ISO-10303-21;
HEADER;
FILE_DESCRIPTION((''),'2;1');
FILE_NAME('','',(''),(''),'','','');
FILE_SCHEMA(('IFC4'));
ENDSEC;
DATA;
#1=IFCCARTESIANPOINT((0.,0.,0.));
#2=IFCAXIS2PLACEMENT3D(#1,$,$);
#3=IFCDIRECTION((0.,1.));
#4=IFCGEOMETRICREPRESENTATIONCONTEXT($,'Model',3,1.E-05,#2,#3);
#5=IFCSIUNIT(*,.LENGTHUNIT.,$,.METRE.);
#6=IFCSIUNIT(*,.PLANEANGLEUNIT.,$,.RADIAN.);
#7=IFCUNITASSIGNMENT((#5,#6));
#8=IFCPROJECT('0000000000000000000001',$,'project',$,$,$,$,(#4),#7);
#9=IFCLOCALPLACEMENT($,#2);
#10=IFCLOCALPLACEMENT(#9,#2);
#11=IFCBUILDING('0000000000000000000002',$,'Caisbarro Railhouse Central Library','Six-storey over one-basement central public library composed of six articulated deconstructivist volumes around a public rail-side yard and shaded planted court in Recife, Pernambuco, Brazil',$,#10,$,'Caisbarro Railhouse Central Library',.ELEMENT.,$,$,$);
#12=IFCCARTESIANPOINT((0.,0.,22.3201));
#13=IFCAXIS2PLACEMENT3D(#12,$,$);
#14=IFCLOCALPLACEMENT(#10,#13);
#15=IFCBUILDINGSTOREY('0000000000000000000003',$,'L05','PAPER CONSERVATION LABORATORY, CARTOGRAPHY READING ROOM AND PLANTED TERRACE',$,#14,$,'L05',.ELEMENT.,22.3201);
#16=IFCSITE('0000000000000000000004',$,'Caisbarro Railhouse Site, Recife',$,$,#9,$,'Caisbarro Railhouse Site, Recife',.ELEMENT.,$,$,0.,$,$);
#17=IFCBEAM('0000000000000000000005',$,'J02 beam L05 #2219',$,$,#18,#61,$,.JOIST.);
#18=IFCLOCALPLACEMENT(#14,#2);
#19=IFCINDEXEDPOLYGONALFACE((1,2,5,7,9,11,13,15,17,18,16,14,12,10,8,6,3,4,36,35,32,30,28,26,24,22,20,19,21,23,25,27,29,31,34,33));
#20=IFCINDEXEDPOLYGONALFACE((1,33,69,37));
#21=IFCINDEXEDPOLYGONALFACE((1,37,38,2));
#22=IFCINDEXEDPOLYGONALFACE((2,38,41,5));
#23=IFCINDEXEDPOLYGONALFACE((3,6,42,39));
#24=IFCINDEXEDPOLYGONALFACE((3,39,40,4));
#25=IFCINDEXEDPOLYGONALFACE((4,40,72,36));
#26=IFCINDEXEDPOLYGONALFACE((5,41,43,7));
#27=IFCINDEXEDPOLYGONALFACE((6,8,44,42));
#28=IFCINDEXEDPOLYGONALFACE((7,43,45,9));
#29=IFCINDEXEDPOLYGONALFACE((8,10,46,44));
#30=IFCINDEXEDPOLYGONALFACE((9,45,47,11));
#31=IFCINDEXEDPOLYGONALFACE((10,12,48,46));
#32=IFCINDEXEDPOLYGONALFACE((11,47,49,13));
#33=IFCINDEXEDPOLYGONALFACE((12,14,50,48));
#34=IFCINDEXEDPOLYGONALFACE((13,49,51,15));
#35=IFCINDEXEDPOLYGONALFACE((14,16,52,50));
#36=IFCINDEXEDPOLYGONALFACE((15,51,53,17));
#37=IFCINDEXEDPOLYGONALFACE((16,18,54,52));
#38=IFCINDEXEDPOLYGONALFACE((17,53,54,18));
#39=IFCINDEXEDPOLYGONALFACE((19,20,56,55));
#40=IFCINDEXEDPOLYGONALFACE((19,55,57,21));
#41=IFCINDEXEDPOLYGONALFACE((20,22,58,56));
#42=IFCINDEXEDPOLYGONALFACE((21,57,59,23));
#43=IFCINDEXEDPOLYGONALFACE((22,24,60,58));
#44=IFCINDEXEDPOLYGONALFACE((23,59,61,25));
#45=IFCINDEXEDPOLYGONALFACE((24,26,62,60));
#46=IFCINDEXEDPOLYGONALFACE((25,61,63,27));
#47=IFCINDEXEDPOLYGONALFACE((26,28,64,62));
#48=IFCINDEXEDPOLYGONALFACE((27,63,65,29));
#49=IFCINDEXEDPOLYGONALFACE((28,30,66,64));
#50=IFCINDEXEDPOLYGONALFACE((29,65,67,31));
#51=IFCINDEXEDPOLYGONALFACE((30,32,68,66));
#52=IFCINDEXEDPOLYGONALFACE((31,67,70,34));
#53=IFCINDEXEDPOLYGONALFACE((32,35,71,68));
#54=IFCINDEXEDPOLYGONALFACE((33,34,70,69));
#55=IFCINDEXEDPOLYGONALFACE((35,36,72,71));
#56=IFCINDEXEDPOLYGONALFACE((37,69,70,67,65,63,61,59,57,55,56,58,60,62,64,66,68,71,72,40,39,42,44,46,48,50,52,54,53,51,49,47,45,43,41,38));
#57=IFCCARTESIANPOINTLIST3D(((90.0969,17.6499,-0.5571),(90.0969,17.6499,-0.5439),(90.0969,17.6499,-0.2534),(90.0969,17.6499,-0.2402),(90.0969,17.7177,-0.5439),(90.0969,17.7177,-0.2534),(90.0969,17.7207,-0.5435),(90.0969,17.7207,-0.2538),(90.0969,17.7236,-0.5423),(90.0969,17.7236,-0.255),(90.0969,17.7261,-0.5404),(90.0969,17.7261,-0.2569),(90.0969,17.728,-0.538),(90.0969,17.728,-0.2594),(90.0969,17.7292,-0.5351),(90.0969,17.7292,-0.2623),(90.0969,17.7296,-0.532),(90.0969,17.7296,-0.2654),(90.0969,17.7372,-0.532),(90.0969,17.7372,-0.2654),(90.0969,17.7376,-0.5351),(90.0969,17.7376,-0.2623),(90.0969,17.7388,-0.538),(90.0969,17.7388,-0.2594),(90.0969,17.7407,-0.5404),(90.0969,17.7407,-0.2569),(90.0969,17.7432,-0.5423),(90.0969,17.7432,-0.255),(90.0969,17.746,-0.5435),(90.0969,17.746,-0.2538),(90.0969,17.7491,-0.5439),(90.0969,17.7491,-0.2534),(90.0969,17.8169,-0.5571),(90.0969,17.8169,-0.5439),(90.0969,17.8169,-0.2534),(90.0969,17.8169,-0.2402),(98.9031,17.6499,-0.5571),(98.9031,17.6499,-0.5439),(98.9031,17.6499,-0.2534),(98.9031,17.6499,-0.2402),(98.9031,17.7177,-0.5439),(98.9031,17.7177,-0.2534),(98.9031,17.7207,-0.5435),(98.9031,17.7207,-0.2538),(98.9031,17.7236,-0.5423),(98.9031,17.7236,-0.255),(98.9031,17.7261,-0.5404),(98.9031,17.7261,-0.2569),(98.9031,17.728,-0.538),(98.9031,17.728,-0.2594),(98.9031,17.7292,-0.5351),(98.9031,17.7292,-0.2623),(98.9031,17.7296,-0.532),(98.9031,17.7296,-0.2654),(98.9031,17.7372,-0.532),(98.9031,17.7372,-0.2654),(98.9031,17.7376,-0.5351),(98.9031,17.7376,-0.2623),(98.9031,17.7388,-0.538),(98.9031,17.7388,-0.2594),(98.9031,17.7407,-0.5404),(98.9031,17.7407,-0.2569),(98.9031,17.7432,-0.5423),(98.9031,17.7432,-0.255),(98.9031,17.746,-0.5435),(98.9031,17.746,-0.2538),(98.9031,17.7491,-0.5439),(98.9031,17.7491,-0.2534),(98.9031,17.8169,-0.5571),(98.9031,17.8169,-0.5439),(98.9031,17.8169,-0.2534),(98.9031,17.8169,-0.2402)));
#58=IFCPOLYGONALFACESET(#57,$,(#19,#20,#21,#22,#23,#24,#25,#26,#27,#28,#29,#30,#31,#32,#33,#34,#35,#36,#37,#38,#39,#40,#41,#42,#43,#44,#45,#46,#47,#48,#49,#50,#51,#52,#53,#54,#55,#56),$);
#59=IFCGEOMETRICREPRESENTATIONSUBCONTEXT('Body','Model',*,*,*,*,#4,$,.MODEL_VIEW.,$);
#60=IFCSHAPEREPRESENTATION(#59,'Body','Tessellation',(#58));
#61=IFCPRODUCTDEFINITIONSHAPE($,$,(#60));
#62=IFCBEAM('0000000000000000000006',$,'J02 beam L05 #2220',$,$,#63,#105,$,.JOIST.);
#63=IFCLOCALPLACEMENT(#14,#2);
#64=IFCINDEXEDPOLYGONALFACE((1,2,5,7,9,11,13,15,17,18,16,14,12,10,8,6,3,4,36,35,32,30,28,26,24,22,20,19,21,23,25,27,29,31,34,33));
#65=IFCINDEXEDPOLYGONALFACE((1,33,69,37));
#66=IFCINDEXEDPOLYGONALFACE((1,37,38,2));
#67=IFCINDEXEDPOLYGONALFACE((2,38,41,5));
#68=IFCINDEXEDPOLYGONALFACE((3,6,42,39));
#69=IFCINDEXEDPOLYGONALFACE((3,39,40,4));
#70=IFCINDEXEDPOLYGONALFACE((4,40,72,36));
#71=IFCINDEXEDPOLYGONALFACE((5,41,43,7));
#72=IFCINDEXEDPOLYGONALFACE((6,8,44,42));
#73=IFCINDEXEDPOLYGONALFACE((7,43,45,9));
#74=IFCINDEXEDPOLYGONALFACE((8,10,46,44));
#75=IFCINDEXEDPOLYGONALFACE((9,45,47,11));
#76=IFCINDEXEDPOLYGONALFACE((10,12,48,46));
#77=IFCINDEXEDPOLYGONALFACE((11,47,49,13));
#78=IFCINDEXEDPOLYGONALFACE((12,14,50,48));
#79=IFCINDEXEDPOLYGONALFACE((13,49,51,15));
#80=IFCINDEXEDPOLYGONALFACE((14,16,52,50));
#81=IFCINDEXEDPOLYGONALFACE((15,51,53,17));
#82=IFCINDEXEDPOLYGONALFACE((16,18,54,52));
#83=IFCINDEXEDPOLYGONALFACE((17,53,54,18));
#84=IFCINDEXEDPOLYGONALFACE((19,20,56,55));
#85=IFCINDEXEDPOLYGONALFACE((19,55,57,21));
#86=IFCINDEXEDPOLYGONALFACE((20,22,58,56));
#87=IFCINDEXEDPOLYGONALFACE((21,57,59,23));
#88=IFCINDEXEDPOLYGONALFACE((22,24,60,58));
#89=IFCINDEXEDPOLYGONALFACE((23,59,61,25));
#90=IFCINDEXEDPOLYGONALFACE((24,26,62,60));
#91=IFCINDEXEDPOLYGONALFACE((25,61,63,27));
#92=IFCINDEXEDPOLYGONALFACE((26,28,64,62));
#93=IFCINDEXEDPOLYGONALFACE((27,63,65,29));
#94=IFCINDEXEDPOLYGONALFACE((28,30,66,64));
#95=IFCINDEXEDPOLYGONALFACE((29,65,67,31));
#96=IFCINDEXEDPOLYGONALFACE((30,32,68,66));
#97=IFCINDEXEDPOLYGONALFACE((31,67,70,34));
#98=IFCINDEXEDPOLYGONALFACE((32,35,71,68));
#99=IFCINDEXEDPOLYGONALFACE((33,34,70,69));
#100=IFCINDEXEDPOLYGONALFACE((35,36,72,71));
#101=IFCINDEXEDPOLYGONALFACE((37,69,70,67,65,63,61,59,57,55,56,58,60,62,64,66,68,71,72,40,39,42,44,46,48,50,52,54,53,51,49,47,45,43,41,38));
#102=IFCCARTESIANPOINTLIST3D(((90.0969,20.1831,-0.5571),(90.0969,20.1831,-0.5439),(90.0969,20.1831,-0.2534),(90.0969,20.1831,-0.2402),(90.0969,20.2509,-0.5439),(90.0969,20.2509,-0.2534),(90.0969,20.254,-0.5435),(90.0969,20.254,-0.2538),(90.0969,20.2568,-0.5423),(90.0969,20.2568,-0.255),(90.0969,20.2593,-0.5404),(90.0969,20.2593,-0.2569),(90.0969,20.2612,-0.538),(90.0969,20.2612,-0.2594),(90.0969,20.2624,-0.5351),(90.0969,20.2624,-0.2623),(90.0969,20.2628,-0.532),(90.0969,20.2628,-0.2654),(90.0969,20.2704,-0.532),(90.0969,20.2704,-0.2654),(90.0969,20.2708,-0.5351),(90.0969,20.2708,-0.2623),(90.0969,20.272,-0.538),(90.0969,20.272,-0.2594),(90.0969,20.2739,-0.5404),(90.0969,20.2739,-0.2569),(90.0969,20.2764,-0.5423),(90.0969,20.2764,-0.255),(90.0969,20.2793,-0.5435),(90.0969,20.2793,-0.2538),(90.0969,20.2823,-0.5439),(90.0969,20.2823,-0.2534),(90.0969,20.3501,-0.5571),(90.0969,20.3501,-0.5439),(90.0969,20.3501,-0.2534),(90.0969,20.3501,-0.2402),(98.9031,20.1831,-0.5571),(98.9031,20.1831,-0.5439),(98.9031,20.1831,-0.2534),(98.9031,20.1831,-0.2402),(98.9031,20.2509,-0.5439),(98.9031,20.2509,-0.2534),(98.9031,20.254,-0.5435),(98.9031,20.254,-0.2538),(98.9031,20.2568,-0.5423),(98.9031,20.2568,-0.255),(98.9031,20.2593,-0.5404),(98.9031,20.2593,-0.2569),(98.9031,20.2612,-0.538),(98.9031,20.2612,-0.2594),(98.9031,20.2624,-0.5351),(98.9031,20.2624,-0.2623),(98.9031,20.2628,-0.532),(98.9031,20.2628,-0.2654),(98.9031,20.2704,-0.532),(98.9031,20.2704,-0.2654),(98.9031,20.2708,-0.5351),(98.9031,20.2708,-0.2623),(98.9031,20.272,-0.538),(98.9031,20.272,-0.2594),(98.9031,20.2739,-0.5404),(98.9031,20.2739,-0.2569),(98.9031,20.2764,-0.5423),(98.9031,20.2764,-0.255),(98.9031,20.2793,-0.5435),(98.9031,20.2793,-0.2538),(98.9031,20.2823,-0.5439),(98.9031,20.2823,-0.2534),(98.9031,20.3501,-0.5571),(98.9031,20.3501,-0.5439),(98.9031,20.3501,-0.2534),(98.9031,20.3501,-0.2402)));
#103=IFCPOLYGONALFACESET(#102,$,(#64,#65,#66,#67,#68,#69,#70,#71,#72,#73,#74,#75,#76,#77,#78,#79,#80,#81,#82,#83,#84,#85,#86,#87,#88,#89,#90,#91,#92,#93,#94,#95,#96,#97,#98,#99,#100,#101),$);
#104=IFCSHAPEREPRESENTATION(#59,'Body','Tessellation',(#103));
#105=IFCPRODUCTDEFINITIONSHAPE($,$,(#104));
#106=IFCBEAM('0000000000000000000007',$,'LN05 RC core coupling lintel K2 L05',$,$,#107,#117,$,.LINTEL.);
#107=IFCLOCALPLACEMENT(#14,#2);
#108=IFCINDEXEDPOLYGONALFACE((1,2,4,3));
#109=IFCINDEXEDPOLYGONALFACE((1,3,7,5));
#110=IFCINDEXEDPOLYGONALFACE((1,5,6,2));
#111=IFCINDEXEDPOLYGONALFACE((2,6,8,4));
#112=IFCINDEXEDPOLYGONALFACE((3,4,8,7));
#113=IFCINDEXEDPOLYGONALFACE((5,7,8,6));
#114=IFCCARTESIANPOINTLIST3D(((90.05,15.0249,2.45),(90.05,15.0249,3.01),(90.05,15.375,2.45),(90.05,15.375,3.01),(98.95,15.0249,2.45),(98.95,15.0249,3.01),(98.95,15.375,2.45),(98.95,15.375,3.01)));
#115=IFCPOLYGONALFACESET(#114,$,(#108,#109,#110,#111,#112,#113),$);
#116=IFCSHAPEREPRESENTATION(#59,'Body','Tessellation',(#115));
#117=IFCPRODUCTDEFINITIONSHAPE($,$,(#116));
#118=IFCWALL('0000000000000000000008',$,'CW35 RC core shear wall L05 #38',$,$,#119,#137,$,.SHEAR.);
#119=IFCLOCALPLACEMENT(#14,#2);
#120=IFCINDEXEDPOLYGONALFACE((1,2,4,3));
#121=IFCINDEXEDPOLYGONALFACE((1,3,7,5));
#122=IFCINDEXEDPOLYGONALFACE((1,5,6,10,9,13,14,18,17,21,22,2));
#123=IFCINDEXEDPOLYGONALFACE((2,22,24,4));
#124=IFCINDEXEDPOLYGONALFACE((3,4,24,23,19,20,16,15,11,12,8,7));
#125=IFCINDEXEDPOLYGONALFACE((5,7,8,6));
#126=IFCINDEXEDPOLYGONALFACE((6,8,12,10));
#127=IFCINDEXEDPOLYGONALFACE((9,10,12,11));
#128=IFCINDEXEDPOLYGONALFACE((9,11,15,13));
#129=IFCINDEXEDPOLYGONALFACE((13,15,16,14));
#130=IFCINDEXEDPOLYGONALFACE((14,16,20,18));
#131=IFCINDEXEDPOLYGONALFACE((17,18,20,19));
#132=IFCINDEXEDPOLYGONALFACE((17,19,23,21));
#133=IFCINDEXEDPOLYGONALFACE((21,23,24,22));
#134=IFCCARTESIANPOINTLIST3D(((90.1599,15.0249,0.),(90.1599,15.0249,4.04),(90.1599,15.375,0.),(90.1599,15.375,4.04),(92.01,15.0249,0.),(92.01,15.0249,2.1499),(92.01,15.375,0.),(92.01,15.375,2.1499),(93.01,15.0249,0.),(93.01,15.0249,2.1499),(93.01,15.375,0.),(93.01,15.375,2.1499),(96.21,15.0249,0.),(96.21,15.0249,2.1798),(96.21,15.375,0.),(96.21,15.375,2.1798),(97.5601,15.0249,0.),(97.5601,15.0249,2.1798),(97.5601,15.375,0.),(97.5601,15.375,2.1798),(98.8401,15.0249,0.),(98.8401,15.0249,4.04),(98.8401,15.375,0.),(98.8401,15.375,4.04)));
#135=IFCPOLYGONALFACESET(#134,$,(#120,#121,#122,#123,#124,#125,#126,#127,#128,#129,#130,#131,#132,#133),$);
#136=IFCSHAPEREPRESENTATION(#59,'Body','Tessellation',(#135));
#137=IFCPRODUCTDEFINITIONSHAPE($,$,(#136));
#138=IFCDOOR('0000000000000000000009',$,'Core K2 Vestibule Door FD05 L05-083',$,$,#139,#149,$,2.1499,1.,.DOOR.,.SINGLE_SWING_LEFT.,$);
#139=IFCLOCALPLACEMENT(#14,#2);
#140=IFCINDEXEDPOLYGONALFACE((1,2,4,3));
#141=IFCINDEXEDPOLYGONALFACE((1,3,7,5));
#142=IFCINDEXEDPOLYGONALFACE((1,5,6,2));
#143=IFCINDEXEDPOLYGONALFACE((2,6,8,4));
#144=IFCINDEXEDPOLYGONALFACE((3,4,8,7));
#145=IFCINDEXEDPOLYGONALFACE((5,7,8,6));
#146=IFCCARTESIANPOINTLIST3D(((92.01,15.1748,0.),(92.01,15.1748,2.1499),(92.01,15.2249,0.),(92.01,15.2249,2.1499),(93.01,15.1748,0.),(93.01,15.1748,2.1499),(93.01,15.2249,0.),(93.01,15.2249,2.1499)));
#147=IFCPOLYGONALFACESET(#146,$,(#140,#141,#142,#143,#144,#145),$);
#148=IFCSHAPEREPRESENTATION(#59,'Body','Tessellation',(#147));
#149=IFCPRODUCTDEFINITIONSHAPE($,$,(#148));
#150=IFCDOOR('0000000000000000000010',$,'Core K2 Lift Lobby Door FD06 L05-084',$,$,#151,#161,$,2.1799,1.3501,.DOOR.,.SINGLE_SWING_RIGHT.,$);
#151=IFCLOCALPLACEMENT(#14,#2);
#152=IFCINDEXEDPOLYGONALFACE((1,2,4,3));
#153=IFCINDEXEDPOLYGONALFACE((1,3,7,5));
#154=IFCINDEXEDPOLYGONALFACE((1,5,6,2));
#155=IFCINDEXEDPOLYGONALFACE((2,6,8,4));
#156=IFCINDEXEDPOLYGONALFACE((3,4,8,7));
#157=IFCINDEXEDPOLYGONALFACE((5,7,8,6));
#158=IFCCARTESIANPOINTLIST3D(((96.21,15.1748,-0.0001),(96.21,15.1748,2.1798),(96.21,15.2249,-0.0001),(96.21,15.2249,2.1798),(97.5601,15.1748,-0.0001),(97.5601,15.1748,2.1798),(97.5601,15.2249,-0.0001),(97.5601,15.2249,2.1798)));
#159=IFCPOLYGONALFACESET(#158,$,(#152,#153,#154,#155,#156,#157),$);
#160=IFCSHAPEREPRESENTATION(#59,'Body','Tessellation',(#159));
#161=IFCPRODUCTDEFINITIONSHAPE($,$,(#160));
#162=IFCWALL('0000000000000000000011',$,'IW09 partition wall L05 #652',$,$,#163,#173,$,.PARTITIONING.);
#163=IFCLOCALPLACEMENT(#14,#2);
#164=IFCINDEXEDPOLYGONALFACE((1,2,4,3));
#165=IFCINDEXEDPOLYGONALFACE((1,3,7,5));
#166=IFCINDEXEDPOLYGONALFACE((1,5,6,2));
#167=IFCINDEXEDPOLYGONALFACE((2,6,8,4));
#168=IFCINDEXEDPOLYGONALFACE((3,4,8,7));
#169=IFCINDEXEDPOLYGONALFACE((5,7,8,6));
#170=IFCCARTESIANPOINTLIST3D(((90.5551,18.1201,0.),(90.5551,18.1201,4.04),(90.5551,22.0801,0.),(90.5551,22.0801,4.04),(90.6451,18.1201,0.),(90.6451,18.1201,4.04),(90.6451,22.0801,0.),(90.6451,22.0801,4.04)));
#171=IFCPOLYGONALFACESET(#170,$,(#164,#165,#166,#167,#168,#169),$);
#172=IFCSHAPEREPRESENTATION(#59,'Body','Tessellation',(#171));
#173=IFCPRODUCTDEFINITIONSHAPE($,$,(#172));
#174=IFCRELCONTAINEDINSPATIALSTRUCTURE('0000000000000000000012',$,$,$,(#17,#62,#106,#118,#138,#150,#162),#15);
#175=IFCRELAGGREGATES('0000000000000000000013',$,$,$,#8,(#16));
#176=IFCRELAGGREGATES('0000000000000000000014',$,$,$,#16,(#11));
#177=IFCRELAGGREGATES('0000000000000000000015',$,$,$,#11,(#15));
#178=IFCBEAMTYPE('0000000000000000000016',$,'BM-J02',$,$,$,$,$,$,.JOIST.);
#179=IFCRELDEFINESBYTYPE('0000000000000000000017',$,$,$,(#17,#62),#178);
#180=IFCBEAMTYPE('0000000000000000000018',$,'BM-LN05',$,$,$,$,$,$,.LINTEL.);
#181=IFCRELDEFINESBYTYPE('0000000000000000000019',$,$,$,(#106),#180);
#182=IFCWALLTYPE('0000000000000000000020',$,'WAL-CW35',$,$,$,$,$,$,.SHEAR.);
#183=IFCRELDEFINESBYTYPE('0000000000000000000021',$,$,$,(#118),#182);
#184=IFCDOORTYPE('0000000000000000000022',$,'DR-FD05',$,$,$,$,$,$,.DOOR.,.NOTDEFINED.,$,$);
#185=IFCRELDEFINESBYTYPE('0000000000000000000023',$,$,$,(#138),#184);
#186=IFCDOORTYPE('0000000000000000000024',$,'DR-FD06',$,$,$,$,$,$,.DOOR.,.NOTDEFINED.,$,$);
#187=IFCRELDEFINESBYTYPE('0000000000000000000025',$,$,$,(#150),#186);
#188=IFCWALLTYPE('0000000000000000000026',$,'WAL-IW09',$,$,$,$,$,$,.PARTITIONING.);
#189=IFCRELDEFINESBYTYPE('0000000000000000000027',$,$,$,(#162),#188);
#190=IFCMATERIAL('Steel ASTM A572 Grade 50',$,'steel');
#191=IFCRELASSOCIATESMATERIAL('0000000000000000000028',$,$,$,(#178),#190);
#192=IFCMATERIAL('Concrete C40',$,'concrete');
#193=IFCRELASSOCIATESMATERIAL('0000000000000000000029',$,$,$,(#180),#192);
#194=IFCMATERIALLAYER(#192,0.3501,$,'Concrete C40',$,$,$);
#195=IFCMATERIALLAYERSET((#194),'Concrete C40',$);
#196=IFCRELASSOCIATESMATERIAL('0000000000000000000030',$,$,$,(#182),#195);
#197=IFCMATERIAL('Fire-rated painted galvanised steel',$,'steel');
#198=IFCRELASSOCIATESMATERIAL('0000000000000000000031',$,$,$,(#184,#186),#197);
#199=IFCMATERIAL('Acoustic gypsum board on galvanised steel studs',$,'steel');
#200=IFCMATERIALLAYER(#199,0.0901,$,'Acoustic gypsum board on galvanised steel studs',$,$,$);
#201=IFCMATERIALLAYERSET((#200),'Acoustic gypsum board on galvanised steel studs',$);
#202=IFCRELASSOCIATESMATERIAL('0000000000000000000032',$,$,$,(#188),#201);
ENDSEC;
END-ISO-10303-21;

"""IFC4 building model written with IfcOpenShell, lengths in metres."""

from ifc_helpers import new_model, si_unit, direction, frame, frame_2d, origin, origin_2d, place, context, subcontext, project, spatial, rectangle, i_section, extrude, material, layer, layer_set, material_profile, profile_set, type_object, element, fill, save


model = new_model("IFC4")

# Units and contexts
model_context = context("Model", 3, precision=1e-05, world=origin(), true_north=direction((0.0, 1.0)))
body_context = subcontext(model_context, "Body", "Model", "MODEL_VIEW")
ifc_project = project(units=[si_unit("LENGTHUNIT", "METRE"), si_unit("PLANEANGLEUNIT", "RADIAN")], contexts=[model_context])

# Site, building, storey
site_placement = place(None, origin())
site = spatial("IfcSite", under=ifc_project, at=site_placement, Name="Caisbarro Railhouse Site, Recife", LongName="Caisbarro Railhouse Site, Recife", CompositionType="ELEMENT", RefElevation=0.0)
building_placement = place(site_placement, origin())
building = spatial("IfcBuilding", under=site, at=building_placement, Name="Caisbarro Railhouse Central Library", Description="Six-storey over one-basement central public library composed of six articulated deconstructivist volumes around a public rail-side yard and shaded planted court in Recife, Pernambuco, Brazil", LongName="Caisbarro Railhouse Central Library", CompositionType="ELEMENT")
storey_placement = place(building_placement, frame((0.0, 0.0, 22.3201)))
storey = spatial("IfcBuildingStorey", under=building, at=storey_placement, Name="L05", Description="PAPER CONSERVATION LABORATORY, CARTOGRAPHY READING ROOM AND PLANTED TERRACE", LongName="L05", CompositionType="ELEMENT", Elevation=22.3201)

# Shared definitions
ifc_material_1 = material(Name="Steel ASTM A572 Grade 50", Category="steel")

# Beams
ifc_material_profile_1 = material_profile(ifc_material_1, i_section(OverallWidth=0.167, OverallDepth=0.3169, WebThickness=0.0076, FlangeThickness=0.0132, FilletRadius=0.012, at=origin_2d()), Name="W310X52.0")
ifc_profile_set_1 = profile_set([ifc_material_profile_1], Name="Steel ASTM A572 Grade 50")
beam_type_1 = type_object("IfcBeamType", Name="BM-J02", PredefinedType="JOIST", material=ifc_profile_set_1)
for number, where, z_axis, x_axis, name in (
    (1, (90.0969, 17.7334, -0.3987), (1.0, 0.0, 0.0), (0.0, 1.0, 0.0), "J02 beam L05 #2219"),
    (2, (90.0969, 20.2666, -0.3987), (1.0, 0.0, 0.0), (0.0, 1.0, 0.0), "J02 beam L05 #2220"),
):
    element("IfcBeam", number, at=place(storey_placement, frame(where, z_axis=z_axis, x_axis=x_axis)), inside=storey, type_object=beam_type_1, Name=name, PredefinedType="JOIST", context=body_context, shape_type="SweptSolid", body=[
        extrude(i_section(OverallWidth=0.167, OverallDepth=0.3169, WebThickness=0.0076, FlangeThickness=0.0132, FilletRadius=0.012, at=origin_2d()), origin(), (0.0, 0.0, 1.0), 8.8062),
    ])
ifc_material_2 = material(Name="Concrete C40", Category="concrete")
ifc_material_profile_2 = material_profile(ifc_material_2, rectangle(XDim=0.3501, YDim=0.5601, at=origin_2d()), Name="RC-LIN-350X560")
ifc_profile_set_2 = profile_set([ifc_material_profile_2], Name="Concrete C40")
beam_type_2 = type_object("IfcBeamType", Name="BM-LN05", PredefinedType="LINTEL", material=ifc_profile_set_2)
beam_1_placement = place(storey_placement, frame((90.05, 15.2, 2.73), z_axis=(1.0, 0.0, 0.0), x_axis=(0.0, 1.0, 0.0)))
element("IfcBeam", 3, at=beam_1_placement, inside=storey, type_object=beam_type_2, Name="LN05 RC core coupling lintel K2 L05", PredefinedType="LINTEL", context=body_context, shape_type="SweptSolid", body=[
    extrude(rectangle(XDim=0.3501, YDim=0.5601, at=origin_2d()), origin(), (0.0, 0.0, 1.0), 8.8999),
])

# Wall, openings, doors
ifc_layer_1 = layer(ifc_material_2, 0.3501, Name="Concrete C40")
ifc_layer_set_1 = layer_set([ifc_layer_1], Name="Concrete C40")
wall_type_1 = type_object("IfcWallType", Name="WAL-CW35", PredefinedType="SHEAR", material=ifc_layer_set_1)
wall_1_placement = place(storey_placement, frame((90.1599, 15.2, 0.0), z_axis=(0.0, 0.0, 1.0), x_axis=(1.0, 0.0, 0.0)))
wall_1 = element("IfcWall", 4, at=wall_1_placement, inside=storey, type_object=wall_type_1, Name="CW35 RC core shear wall L05 #38", PredefinedType="SHEAR", context=body_context, shape_type="SweptSolid", body=[
    extrude(rectangle(XDim=8.6802, YDim=0.3501, at=frame_2d((4.3401, 0.0))), origin(), (0.0, 0.0, 1.0), 4.04),
])
opening_1_placement = place(wall_1_placement, frame((1.8501, 0.0, 0.0)))
opening_1 = element("IfcOpeningElement", 5, at=opening_1_placement, cuts=wall_1, PredefinedType="OPENING", context=body_context, shape_type="SweptSolid", body=[
    extrude(rectangle(XDim=1.0, YDim=2.1499, at=frame_2d((0.5, 1.075))), frame((0.0, 0.1851, 0.0), z_axis=(0.0, -1.0, 0.0), x_axis=(1.0, 0.0, 0.0)), (0.0, 0.0, 1.0), 0.3701),
])
opening_2_placement = place(wall_1_placement, frame((6.05, 0.0, 0.0)))
opening_2 = element("IfcOpeningElement", 6, at=opening_2_placement, cuts=wall_1, PredefinedType="OPENING", context=body_context, shape_type="SweptSolid", body=[
    extrude(rectangle(XDim=1.3501, YDim=2.1799, at=frame_2d((0.675, 1.0898))), frame((0.0, 0.1851, 0.0), z_axis=(0.0, -1.0, 0.0), x_axis=(1.0, 0.0, 0.0)), (0.0, 0.0, 1.0), 0.3701),
])
ifc_material_3 = material(Name="Fire-rated painted galvanised steel", Category="steel")
door_type_1 = type_object("IfcDoorType", Name="DR-FD05", OperationType="NOTDEFINED", PredefinedType="DOOR", material=ifc_material_3)
door_1_placement = place(opening_1_placement, origin())
door_1 = element("IfcDoor", 7, at=door_1_placement, inside=storey, type_object=door_type_1, Name="Core K2 Vestibule Door FD05 L05-083", OperationType="SINGLE_SWING_LEFT", OverallHeight=2.1499, OverallWidth=1.0, PredefinedType="DOOR", context=body_context, shape_type="SweptSolid", body=[
    extrude(rectangle(XDim=1.0, YDim=2.1499, at=frame_2d((0.5, 1.075))), frame((0.0, 0.0249, 0.0), z_axis=(0.0, -1.0, 0.0), x_axis=(1.0, 0.0, 0.0)), (0.0, 0.0, 1.0), 0.05),
])
fill(opening_1, door_1)
door_type_2 = type_object("IfcDoorType", Name="DR-FD06", OperationType="NOTDEFINED", PredefinedType="DOOR", material=ifc_material_3)
door_2_placement = place(opening_2_placement, origin())
door_2 = element("IfcDoor", 8, at=door_2_placement, inside=storey, type_object=door_type_2, Name="Core K2 Lift Lobby Door FD06 L05-084", OperationType="SINGLE_SWING_RIGHT", OverallHeight=2.1799, OverallWidth=1.3501, PredefinedType="DOOR", context=body_context, shape_type="SweptSolid", body=[
    extrude(rectangle(XDim=1.3501, YDim=2.1799, at=frame_2d((0.675, 1.0898))), frame((0.0, 0.0249, 0.0), z_axis=(0.0, -1.0, 0.0), x_axis=(1.0, 0.0, 0.0)), (0.0, 0.0, 1.0), 0.05),
])
fill(opening_2, door_2)

# Wall
ifc_material_4 = material(Name="Acoustic gypsum board on galvanised steel studs", Category="steel")
ifc_layer_2 = layer(ifc_material_4, 0.0901, Name="Acoustic gypsum board on galvanised steel studs")
ifc_layer_set_2 = layer_set([ifc_layer_2], Name="Acoustic gypsum board on galvanised steel studs")
wall_type_2 = type_object("IfcWallType", Name="WAL-IW09", PredefinedType="PARTITIONING", material=ifc_layer_set_2)
wall_2_placement = place(storey_placement, frame((90.6001, 18.1201, 0.0), z_axis=(0.0, 0.0, 1.0), x_axis=(0.0, 1.0, 0.0)))
element("IfcWall", 9, at=wall_2_placement, inside=storey, type_object=wall_type_2, Name="IW09 partition wall L05 #652", PredefinedType="PARTITIONING", context=body_context, shape_type="SweptSolid", body=[
    extrude(rectangle(XDim=3.96, YDim=0.0901, at=frame_2d((1.98, 0.0))), origin(), (0.0, 0.0, 1.0), 4.04),
])

save(model, "model.ifc")
